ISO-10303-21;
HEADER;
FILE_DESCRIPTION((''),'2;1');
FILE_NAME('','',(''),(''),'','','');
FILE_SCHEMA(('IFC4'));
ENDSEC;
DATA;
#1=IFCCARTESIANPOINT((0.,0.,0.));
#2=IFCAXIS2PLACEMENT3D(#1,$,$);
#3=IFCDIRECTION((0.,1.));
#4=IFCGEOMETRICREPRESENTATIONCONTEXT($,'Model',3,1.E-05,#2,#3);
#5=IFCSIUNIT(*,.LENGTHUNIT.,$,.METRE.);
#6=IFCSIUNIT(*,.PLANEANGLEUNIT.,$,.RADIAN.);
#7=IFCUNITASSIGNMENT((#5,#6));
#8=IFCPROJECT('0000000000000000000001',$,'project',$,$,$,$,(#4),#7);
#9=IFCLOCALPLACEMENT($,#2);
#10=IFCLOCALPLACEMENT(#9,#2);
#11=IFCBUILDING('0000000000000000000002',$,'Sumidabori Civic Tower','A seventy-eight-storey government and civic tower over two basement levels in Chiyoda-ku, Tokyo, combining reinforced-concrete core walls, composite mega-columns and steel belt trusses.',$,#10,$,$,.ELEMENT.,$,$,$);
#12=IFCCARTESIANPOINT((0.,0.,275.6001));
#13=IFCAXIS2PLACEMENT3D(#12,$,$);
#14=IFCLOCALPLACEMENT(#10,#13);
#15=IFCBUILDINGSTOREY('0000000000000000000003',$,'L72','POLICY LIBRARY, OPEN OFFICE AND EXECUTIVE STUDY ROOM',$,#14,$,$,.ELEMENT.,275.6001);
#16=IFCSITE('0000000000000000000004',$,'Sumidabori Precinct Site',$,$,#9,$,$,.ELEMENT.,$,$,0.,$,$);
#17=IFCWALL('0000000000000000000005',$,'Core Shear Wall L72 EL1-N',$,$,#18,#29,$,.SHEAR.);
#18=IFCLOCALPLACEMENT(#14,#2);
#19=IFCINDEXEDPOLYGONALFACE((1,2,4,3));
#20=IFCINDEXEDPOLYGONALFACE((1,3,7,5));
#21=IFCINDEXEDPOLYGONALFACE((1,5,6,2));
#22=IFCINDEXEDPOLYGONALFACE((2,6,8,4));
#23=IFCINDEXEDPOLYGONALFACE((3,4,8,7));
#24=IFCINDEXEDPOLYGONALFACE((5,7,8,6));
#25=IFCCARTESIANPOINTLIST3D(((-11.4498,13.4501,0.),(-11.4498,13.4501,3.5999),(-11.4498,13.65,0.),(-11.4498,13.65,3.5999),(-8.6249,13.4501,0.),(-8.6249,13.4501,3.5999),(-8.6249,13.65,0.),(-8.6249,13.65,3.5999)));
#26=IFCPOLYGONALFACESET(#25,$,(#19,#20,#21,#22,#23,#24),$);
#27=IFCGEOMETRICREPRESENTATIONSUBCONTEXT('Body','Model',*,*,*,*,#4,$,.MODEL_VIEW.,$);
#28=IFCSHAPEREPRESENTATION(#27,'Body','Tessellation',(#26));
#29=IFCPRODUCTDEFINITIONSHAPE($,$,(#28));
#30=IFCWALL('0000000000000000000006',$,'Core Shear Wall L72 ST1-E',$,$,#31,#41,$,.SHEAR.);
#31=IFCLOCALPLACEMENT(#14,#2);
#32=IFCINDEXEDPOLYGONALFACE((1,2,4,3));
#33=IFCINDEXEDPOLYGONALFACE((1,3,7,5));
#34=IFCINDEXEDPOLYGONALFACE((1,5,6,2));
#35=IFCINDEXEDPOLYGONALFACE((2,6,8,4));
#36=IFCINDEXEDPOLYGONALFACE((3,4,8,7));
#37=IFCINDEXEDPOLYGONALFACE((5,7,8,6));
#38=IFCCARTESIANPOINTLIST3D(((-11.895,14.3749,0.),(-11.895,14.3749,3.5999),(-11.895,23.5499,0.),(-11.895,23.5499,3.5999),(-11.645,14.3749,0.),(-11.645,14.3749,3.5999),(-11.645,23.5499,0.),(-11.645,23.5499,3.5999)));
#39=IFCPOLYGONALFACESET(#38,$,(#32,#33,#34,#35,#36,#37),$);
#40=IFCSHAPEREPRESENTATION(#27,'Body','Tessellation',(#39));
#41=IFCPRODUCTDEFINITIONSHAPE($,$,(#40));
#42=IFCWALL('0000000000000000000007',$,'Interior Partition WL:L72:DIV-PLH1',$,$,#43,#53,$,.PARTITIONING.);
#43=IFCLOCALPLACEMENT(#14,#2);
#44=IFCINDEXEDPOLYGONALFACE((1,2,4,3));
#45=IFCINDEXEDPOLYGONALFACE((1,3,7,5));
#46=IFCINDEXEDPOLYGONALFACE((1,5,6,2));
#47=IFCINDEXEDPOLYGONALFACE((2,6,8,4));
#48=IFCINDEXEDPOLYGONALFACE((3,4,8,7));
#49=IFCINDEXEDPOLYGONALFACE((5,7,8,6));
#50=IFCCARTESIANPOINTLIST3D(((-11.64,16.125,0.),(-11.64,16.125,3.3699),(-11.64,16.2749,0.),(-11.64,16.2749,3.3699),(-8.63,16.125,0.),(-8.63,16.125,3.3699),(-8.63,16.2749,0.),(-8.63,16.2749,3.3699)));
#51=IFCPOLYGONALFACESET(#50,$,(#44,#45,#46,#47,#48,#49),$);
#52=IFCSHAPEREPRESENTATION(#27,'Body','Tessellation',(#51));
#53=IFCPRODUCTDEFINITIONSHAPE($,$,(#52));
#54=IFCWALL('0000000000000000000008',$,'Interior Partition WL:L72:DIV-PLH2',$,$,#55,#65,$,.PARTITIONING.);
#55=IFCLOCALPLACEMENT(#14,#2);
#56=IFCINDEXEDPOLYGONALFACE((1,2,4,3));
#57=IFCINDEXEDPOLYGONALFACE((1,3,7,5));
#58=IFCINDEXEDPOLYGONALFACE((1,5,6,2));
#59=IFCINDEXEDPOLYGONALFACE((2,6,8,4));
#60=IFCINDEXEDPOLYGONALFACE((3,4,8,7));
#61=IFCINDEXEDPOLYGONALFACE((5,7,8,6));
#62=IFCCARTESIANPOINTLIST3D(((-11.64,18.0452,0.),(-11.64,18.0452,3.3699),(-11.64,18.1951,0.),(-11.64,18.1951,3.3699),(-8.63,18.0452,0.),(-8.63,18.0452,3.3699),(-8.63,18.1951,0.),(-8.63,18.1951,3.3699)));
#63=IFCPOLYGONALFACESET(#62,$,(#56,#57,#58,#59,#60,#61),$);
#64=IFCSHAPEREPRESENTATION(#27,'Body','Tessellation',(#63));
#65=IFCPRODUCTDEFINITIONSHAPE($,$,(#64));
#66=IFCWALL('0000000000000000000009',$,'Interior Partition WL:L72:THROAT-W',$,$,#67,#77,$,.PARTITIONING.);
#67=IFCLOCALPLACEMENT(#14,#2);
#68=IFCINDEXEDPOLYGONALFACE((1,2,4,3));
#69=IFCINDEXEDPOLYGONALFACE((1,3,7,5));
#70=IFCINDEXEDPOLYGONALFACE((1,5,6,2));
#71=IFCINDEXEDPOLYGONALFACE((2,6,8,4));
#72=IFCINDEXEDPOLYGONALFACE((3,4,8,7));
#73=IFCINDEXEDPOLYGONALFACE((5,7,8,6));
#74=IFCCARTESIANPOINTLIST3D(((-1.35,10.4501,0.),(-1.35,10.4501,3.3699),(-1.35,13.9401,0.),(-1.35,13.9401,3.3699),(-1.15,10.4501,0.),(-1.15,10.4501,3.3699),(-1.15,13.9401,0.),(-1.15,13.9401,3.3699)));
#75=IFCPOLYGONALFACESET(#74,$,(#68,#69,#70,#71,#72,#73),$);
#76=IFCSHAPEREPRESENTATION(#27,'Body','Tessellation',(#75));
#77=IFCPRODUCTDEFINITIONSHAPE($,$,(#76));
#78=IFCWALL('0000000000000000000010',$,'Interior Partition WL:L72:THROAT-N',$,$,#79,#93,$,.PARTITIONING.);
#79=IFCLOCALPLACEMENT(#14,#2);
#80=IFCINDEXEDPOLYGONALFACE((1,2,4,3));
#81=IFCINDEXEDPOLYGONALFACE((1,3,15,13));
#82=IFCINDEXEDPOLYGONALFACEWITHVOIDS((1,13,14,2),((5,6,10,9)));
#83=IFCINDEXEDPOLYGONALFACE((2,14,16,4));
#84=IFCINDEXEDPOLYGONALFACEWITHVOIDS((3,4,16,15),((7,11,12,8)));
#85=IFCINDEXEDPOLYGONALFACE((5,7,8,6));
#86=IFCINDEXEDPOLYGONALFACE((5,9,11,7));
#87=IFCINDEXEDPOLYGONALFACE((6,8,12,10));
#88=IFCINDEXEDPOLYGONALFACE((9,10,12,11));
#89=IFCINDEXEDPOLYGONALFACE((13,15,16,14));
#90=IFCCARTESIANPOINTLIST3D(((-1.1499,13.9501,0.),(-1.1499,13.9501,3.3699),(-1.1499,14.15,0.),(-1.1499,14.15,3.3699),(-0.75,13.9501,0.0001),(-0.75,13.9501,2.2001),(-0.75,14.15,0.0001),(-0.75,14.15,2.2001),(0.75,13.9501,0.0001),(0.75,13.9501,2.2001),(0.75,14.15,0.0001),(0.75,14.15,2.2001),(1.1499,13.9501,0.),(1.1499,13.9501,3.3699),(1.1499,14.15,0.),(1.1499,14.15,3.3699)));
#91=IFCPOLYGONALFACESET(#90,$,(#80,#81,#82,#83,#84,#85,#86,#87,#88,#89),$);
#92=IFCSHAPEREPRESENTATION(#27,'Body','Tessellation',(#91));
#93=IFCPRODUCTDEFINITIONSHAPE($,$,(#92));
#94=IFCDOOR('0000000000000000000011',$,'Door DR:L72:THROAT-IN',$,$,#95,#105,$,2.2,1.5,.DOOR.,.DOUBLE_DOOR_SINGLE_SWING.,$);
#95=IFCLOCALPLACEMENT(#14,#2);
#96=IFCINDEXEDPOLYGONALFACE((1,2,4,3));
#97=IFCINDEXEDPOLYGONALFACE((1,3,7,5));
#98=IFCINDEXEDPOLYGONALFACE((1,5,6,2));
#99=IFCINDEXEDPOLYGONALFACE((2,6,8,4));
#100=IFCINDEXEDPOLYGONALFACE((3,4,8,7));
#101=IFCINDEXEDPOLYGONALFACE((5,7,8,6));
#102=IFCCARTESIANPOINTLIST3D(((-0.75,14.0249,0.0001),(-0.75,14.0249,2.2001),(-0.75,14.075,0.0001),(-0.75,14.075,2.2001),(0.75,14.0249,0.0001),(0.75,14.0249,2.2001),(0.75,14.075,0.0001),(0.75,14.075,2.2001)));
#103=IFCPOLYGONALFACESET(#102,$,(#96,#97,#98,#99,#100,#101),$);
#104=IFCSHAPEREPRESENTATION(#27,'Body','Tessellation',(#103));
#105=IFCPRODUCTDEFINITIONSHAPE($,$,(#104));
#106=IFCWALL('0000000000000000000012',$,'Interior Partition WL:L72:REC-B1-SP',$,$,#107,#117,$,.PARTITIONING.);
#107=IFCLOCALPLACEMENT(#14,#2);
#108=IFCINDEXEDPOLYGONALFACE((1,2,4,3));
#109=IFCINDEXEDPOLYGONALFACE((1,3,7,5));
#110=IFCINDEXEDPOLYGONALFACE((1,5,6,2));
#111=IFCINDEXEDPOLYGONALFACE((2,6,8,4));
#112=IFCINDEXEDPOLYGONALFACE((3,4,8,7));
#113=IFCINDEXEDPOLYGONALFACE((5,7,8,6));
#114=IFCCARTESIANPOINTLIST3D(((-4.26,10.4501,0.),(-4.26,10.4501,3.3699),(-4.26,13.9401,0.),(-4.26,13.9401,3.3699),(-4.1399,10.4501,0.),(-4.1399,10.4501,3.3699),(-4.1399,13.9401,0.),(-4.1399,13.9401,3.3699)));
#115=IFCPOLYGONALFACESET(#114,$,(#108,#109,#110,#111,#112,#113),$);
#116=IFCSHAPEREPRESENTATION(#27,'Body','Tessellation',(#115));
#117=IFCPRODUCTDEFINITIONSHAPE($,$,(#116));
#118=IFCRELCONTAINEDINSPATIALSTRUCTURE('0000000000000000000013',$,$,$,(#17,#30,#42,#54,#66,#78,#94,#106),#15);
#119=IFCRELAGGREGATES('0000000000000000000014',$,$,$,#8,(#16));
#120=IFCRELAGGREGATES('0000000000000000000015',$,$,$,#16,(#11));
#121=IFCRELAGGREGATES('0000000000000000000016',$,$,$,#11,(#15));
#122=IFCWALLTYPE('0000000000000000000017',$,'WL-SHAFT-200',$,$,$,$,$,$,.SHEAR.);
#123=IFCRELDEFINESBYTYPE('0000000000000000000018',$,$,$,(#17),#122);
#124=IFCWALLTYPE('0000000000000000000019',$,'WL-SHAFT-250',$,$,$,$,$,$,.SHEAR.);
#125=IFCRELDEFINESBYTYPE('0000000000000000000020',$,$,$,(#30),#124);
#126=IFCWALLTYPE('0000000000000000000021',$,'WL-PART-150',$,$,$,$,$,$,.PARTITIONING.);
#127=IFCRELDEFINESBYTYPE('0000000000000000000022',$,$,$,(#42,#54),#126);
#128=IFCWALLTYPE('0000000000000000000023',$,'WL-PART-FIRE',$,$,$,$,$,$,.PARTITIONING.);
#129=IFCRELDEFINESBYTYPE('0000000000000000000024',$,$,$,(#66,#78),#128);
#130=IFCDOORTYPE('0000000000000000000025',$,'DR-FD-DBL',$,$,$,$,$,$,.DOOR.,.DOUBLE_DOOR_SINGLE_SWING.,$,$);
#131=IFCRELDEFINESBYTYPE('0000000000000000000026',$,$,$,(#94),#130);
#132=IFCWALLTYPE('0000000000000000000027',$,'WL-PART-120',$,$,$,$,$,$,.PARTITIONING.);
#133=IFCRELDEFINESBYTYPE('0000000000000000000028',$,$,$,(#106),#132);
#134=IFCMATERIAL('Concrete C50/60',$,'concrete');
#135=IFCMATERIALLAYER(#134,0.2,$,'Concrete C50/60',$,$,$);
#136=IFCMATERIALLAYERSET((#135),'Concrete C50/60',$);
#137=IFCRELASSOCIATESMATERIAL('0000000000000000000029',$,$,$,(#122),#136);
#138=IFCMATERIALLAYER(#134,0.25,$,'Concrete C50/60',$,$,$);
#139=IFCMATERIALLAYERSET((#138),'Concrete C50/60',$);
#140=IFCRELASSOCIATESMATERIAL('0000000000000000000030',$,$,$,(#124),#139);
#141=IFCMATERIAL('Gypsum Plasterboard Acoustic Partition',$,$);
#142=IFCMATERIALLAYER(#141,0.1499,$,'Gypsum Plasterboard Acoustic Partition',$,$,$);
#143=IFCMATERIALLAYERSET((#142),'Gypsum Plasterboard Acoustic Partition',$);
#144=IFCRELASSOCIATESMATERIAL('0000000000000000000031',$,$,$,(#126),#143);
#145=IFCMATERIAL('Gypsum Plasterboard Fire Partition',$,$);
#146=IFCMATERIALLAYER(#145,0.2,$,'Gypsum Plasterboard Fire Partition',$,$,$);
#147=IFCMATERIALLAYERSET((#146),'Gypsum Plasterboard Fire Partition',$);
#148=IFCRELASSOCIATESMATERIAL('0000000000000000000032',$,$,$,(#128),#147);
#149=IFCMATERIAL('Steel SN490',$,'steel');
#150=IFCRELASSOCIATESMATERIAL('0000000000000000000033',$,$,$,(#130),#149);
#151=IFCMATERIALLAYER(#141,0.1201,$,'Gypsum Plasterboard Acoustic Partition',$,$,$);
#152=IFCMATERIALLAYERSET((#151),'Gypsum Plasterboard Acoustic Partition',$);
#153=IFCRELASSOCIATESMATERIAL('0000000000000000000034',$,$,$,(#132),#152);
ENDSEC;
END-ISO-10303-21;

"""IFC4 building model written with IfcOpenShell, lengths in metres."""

from ifc_helpers import new_model, si_unit, direction, frame, frame_2d, origin, place, context, subcontext, project, spatial, rectangle, extrude, source, transform, mapped, material, layer, layer_set, type_object, element, fill, save


model = new_model("IFC4")

# Units and contexts
model_context = context("Model", 3, precision=1e-05, world=origin(), true_north=direction((0.0, 1.0)))
body_context = subcontext(model_context, "Body", "Model", "MODEL_VIEW")
ifc_project = project(units=[si_unit("LENGTHUNIT", "METRE"), si_unit("PLANEANGLEUNIT", "RADIAN")], contexts=[model_context])

# Site, building, storey
site_placement = place(None, origin())
site = spatial("IfcSite", under=ifc_project, at=site_placement, Name="Sumidabori Precinct Site", CompositionType="ELEMENT", RefElevation=0.0)
building_placement = place(site_placement, origin())
building = spatial("IfcBuilding", under=site, at=building_placement, Name="Sumidabori Civic Tower", Description="A seventy-eight-storey government and civic tower over two basement levels in Chiyoda-ku, Tokyo, combining reinforced-concrete core walls, composite mega-columns and steel belt trusses.", CompositionType="ELEMENT")
storey_placement = place(building_placement, frame((0.0, 0.0, 275.6001)))
storey = spatial("IfcBuildingStorey", under=building, at=storey_placement, Name="L72", Description="POLICY LIBRARY, OPEN OFFICE AND EXECUTIVE STUDY ROOM", CompositionType="ELEMENT", Elevation=275.6001)

# Wall
ifc_material_1 = material(Name="Concrete C50/60", Category="concrete")
ifc_layer_1 = layer(ifc_material_1, 0.2, Name="Concrete C50/60")
ifc_layer_set_1 = layer_set([ifc_layer_1], Name="Concrete C50/60")
wall_type_1 = type_object("IfcWallType", Name="WL-SHAFT-200", PredefinedType="SHEAR", material=ifc_layer_set_1)
shared_shape_1 = source(origin(), body_context, "Body", "SweptSolid", [
    extrude(rectangle(XDim=2.825, YDim=0.2, at=frame_2d((1.4126, 0.0))), origin(), (0.0, 0.0, 1.0), 3.5999),
])
wall_1_placement = place(storey_placement, frame((-11.45, 13.55, 0.0), z_axis=(0.0, 0.0, 1.0), x_axis=(1.0, 0.0, 0.0)))
element("IfcWall", 1, at=wall_1_placement, inside=storey, type_object=wall_type_1, Name="Core Shear Wall L72 EL1-N", PredefinedType="SHEAR", context=body_context, shape_type="MappedRepresentation", body=[
    mapped(shared_shape_1, transform((0.0, 0.0, 0.0), x_axis=(1.0, 0.0, 0.0), y_axis=(0.0, 1.0, 0.0), z_axis=(0.0, 0.0, 1.0), scale=1.0)),
])

# Shared definitions
ifc_layer_2 = layer(ifc_material_1, 0.25, Name="Concrete C50/60")
ifc_layer_set_2 = layer_set([ifc_layer_2], Name="Concrete C50/60")
wall_type_2 = type_object("IfcWallType", Name="WL-SHAFT-250", PredefinedType="SHEAR", material=ifc_layer_set_2)

# Wall
shared_shape_2 = source(origin(), body_context, "Body", "SweptSolid", [
    extrude(rectangle(XDim=9.175, YDim=0.25, at=frame_2d((4.5874, 0.0))), origin(), (0.0, 0.0, 1.0), 3.5999),
])
wall_2_placement = place(storey_placement, frame((-11.77, 14.375, 0.0), z_axis=(0.0, 0.0, 1.0), x_axis=(0.0, 1.0, 0.0)))
element("IfcWall", 2, at=wall_2_placement, inside=storey, type_object=wall_type_2, Name="Core Shear Wall L72 ST1-E", PredefinedType="SHEAR", context=body_context, shape_type="MappedRepresentation", body=[
    mapped(shared_shape_2, transform((0.0, 0.0, 0.0), x_axis=(1.0, 0.0, 0.0), y_axis=(0.0, 1.0, 0.0), z_axis=(0.0, 0.0, 1.0), scale=1.0)),
])

# Walls
ifc_material_2 = material(Name="Gypsum Plasterboard Acoustic Partition")
ifc_layer_3 = layer(ifc_material_2, 0.1499, Name="Gypsum Plasterboard Acoustic Partition")
ifc_layer_set_3 = layer_set([ifc_layer_3], Name="Gypsum Plasterboard Acoustic Partition")
wall_type_3 = type_object("IfcWallType", Name="WL-PART-150", PredefinedType="PARTITIONING", material=ifc_layer_set_3)
shared_shape_3 = source(origin(), body_context, "Body", "SweptSolid", [
    extrude(rectangle(XDim=3.01, YDim=0.1499, at=frame_2d((1.5049, 0.0))), origin(), (0.0, 0.0, 1.0), 3.3699),
])
for number, where, z_axis, x_axis, name in (
    (3, (-11.6399, 16.2, 0.0), (0.0, 0.0, 1.0), (1.0, 0.0, 0.0), "Interior Partition WL:L72:DIV-PLH1"),
    (4, (-11.6399, 18.1201, 0.0), (0.0, 0.0, 1.0), (1.0, 0.0, 0.0), "Interior Partition WL:L72:DIV-PLH2"),
):
    element("IfcWall", number, at=place(storey_placement, frame(where, z_axis=z_axis, x_axis=x_axis)), inside=storey, type_object=wall_type_3, Name=name, PredefinedType="PARTITIONING", context=body_context, shape_type="MappedRepresentation", body=[
        mapped(shared_shape_3, transform((0.0, 0.0, 0.0), x_axis=(1.0, 0.0, 0.0), y_axis=(0.0, 1.0, 0.0), z_axis=(0.0, 0.0, 1.0), scale=1.0)),
    ])

# Shared definitions
ifc_material_3 = material(Name="Gypsum Plasterboard Fire Partition")
ifc_layer_4 = layer(ifc_material_3, 0.2, Name="Gypsum Plasterboard Fire Partition")
ifc_layer_set_4 = layer_set([ifc_layer_4], Name="Gypsum Plasterboard Fire Partition")
wall_type_4 = type_object("IfcWallType", Name="WL-PART-FIRE", PredefinedType="PARTITIONING", material=ifc_layer_set_4)

# Wall
shared_shape_4 = source(origin(), body_context, "Body", "SweptSolid", [
    extrude(rectangle(XDim=3.49, YDim=0.2, at=frame_2d((1.7451, 0.0))), origin(), (0.0, 0.0, 1.0), 3.3699),
])
wall_3_placement = place(storey_placement, frame((-1.25, 10.45, 0.0), z_axis=(0.0, 0.0, 1.0), x_axis=(0.0, 1.0, 0.0)))
element("IfcWall", 5, at=wall_3_placement, inside=storey, type_object=wall_type_4, Name="Interior Partition WL:L72:THROAT-W", PredefinedType="PARTITIONING", context=body_context, shape_type="MappedRepresentation", body=[
    mapped(shared_shape_4, transform((0.0, 0.0, 0.0), x_axis=(1.0, 0.0, 0.0), y_axis=(0.0, 1.0, 0.0), z_axis=(0.0, 0.0, 1.0), scale=1.0)),
])

# Wall, opening, door
shared_shape_5 = source(origin(), body_context, "Body", "SweptSolid", [
    extrude(rectangle(XDim=2.2998, YDim=0.2, at=frame_2d((1.1499, 0.0))), origin(), (0.0, 0.0, 1.0), 3.3699),
])
wall_4_placement = place(storey_placement, frame((-1.1499, 14.05, 0.0), z_axis=(0.0, 0.0, 1.0), x_axis=(1.0, 0.0, 0.0)))
wall_4 = element("IfcWall", 6, at=wall_4_placement, inside=storey, type_object=wall_type_4, Name="Interior Partition WL:L72:THROAT-N", PredefinedType="PARTITIONING", context=body_context, shape_type="MappedRepresentation", body=[
    mapped(shared_shape_5, transform((0.0, 0.0, 0.0), x_axis=(1.0, 0.0, 0.0), y_axis=(0.0, 1.0, 0.0), z_axis=(0.0, 0.0, 1.0), scale=1.0)),
])
opening_1_placement = place(wall_4_placement, frame((0.3999, 0.0, 0.0)))
opening_1 = element("IfcOpeningElement", 7, at=opening_1_placement, cuts=wall_4, PredefinedType="OPENING", context=body_context, shape_type="SweptSolid", body=[
    extrude(rectangle(XDim=1.5, YDim=2.2, at=frame_2d((0.75, 1.1001))), frame((0.0, 0.1118, 0.0), z_axis=(0.0, -1.0, 0.0), x_axis=(1.0, 0.0, 0.0)), (0.0, 0.0, 1.0), 0.2239),
])
ifc_material_4 = material(Name="Steel SN490", Category="steel")
door_type_1 = type_object("IfcDoorType", Name="DR-FD-DBL", OperationType="DOUBLE_DOOR_SINGLE_SWING", PredefinedType="DOOR", material=ifc_material_4)
shared_shape_6 = source(origin(), body_context, "Body", "SweptSolid", [
    extrude(rectangle(XDim=1.5, YDim=2.2, at=frame_2d((0.75, 1.1001))), frame((0.0, 0.0249, 0.0), z_axis=(0.0, -1.0, 0.0), x_axis=(1.0, 0.0, 0.0)), (0.0, 0.0, 1.0), 0.05),
])
door_1_placement = place(opening_1_placement, origin())
door_1 = element("IfcDoor", 8, at=door_1_placement, inside=storey, type_object=door_type_1, Name="Door DR:L72:THROAT-IN", OperationType="DOUBLE_DOOR_SINGLE_SWING", OverallHeight=2.2, OverallWidth=1.5, PredefinedType="DOOR", context=body_context, shape_type="MappedRepresentation", body=[
    mapped(shared_shape_6, transform((0.0, 0.0, 0.0), x_axis=(1.0, 0.0, 0.0), y_axis=(0.0, 1.0, 0.0), z_axis=(0.0, 0.0, 1.0), scale=1.0)),
])
fill(opening_1, door_1)

# Wall
ifc_layer_5 = layer(ifc_material_2, 0.1201, Name="Gypsum Plasterboard Acoustic Partition")
ifc_layer_set_5 = layer_set([ifc_layer_5], Name="Gypsum Plasterboard Acoustic Partition")
wall_type_5 = type_object("IfcWallType", Name="WL-PART-120", PredefinedType="PARTITIONING", material=ifc_layer_set_5)
shared_shape_7 = source(origin(), body_context, "Body", "SweptSolid", [
    extrude(rectangle(XDim=3.49, YDim=0.1201, at=frame_2d((1.7451, 0.0))), origin(), (0.0, 0.0, 1.0), 3.3699),
])
wall_5_placement = place(storey_placement, frame((-4.2, 10.45, 0.0), z_axis=(0.0, 0.0, 1.0), x_axis=(0.0, 1.0, 0.0)))
element("IfcWall", 9, at=wall_5_placement, inside=storey, type_object=wall_type_5, Name="Interior Partition WL:L72:REC-B1-SP", PredefinedType="PARTITIONING", context=body_context, shape_type="MappedRepresentation", body=[
    mapped(shared_shape_7, transform((0.0, 0.0, 0.0), x_axis=(1.0, 0.0, 0.0), y_axis=(0.0, 1.0, 0.0), z_axis=(0.0, 0.0, 1.0), scale=1.0)),
])

save(model, "model.ifc")
